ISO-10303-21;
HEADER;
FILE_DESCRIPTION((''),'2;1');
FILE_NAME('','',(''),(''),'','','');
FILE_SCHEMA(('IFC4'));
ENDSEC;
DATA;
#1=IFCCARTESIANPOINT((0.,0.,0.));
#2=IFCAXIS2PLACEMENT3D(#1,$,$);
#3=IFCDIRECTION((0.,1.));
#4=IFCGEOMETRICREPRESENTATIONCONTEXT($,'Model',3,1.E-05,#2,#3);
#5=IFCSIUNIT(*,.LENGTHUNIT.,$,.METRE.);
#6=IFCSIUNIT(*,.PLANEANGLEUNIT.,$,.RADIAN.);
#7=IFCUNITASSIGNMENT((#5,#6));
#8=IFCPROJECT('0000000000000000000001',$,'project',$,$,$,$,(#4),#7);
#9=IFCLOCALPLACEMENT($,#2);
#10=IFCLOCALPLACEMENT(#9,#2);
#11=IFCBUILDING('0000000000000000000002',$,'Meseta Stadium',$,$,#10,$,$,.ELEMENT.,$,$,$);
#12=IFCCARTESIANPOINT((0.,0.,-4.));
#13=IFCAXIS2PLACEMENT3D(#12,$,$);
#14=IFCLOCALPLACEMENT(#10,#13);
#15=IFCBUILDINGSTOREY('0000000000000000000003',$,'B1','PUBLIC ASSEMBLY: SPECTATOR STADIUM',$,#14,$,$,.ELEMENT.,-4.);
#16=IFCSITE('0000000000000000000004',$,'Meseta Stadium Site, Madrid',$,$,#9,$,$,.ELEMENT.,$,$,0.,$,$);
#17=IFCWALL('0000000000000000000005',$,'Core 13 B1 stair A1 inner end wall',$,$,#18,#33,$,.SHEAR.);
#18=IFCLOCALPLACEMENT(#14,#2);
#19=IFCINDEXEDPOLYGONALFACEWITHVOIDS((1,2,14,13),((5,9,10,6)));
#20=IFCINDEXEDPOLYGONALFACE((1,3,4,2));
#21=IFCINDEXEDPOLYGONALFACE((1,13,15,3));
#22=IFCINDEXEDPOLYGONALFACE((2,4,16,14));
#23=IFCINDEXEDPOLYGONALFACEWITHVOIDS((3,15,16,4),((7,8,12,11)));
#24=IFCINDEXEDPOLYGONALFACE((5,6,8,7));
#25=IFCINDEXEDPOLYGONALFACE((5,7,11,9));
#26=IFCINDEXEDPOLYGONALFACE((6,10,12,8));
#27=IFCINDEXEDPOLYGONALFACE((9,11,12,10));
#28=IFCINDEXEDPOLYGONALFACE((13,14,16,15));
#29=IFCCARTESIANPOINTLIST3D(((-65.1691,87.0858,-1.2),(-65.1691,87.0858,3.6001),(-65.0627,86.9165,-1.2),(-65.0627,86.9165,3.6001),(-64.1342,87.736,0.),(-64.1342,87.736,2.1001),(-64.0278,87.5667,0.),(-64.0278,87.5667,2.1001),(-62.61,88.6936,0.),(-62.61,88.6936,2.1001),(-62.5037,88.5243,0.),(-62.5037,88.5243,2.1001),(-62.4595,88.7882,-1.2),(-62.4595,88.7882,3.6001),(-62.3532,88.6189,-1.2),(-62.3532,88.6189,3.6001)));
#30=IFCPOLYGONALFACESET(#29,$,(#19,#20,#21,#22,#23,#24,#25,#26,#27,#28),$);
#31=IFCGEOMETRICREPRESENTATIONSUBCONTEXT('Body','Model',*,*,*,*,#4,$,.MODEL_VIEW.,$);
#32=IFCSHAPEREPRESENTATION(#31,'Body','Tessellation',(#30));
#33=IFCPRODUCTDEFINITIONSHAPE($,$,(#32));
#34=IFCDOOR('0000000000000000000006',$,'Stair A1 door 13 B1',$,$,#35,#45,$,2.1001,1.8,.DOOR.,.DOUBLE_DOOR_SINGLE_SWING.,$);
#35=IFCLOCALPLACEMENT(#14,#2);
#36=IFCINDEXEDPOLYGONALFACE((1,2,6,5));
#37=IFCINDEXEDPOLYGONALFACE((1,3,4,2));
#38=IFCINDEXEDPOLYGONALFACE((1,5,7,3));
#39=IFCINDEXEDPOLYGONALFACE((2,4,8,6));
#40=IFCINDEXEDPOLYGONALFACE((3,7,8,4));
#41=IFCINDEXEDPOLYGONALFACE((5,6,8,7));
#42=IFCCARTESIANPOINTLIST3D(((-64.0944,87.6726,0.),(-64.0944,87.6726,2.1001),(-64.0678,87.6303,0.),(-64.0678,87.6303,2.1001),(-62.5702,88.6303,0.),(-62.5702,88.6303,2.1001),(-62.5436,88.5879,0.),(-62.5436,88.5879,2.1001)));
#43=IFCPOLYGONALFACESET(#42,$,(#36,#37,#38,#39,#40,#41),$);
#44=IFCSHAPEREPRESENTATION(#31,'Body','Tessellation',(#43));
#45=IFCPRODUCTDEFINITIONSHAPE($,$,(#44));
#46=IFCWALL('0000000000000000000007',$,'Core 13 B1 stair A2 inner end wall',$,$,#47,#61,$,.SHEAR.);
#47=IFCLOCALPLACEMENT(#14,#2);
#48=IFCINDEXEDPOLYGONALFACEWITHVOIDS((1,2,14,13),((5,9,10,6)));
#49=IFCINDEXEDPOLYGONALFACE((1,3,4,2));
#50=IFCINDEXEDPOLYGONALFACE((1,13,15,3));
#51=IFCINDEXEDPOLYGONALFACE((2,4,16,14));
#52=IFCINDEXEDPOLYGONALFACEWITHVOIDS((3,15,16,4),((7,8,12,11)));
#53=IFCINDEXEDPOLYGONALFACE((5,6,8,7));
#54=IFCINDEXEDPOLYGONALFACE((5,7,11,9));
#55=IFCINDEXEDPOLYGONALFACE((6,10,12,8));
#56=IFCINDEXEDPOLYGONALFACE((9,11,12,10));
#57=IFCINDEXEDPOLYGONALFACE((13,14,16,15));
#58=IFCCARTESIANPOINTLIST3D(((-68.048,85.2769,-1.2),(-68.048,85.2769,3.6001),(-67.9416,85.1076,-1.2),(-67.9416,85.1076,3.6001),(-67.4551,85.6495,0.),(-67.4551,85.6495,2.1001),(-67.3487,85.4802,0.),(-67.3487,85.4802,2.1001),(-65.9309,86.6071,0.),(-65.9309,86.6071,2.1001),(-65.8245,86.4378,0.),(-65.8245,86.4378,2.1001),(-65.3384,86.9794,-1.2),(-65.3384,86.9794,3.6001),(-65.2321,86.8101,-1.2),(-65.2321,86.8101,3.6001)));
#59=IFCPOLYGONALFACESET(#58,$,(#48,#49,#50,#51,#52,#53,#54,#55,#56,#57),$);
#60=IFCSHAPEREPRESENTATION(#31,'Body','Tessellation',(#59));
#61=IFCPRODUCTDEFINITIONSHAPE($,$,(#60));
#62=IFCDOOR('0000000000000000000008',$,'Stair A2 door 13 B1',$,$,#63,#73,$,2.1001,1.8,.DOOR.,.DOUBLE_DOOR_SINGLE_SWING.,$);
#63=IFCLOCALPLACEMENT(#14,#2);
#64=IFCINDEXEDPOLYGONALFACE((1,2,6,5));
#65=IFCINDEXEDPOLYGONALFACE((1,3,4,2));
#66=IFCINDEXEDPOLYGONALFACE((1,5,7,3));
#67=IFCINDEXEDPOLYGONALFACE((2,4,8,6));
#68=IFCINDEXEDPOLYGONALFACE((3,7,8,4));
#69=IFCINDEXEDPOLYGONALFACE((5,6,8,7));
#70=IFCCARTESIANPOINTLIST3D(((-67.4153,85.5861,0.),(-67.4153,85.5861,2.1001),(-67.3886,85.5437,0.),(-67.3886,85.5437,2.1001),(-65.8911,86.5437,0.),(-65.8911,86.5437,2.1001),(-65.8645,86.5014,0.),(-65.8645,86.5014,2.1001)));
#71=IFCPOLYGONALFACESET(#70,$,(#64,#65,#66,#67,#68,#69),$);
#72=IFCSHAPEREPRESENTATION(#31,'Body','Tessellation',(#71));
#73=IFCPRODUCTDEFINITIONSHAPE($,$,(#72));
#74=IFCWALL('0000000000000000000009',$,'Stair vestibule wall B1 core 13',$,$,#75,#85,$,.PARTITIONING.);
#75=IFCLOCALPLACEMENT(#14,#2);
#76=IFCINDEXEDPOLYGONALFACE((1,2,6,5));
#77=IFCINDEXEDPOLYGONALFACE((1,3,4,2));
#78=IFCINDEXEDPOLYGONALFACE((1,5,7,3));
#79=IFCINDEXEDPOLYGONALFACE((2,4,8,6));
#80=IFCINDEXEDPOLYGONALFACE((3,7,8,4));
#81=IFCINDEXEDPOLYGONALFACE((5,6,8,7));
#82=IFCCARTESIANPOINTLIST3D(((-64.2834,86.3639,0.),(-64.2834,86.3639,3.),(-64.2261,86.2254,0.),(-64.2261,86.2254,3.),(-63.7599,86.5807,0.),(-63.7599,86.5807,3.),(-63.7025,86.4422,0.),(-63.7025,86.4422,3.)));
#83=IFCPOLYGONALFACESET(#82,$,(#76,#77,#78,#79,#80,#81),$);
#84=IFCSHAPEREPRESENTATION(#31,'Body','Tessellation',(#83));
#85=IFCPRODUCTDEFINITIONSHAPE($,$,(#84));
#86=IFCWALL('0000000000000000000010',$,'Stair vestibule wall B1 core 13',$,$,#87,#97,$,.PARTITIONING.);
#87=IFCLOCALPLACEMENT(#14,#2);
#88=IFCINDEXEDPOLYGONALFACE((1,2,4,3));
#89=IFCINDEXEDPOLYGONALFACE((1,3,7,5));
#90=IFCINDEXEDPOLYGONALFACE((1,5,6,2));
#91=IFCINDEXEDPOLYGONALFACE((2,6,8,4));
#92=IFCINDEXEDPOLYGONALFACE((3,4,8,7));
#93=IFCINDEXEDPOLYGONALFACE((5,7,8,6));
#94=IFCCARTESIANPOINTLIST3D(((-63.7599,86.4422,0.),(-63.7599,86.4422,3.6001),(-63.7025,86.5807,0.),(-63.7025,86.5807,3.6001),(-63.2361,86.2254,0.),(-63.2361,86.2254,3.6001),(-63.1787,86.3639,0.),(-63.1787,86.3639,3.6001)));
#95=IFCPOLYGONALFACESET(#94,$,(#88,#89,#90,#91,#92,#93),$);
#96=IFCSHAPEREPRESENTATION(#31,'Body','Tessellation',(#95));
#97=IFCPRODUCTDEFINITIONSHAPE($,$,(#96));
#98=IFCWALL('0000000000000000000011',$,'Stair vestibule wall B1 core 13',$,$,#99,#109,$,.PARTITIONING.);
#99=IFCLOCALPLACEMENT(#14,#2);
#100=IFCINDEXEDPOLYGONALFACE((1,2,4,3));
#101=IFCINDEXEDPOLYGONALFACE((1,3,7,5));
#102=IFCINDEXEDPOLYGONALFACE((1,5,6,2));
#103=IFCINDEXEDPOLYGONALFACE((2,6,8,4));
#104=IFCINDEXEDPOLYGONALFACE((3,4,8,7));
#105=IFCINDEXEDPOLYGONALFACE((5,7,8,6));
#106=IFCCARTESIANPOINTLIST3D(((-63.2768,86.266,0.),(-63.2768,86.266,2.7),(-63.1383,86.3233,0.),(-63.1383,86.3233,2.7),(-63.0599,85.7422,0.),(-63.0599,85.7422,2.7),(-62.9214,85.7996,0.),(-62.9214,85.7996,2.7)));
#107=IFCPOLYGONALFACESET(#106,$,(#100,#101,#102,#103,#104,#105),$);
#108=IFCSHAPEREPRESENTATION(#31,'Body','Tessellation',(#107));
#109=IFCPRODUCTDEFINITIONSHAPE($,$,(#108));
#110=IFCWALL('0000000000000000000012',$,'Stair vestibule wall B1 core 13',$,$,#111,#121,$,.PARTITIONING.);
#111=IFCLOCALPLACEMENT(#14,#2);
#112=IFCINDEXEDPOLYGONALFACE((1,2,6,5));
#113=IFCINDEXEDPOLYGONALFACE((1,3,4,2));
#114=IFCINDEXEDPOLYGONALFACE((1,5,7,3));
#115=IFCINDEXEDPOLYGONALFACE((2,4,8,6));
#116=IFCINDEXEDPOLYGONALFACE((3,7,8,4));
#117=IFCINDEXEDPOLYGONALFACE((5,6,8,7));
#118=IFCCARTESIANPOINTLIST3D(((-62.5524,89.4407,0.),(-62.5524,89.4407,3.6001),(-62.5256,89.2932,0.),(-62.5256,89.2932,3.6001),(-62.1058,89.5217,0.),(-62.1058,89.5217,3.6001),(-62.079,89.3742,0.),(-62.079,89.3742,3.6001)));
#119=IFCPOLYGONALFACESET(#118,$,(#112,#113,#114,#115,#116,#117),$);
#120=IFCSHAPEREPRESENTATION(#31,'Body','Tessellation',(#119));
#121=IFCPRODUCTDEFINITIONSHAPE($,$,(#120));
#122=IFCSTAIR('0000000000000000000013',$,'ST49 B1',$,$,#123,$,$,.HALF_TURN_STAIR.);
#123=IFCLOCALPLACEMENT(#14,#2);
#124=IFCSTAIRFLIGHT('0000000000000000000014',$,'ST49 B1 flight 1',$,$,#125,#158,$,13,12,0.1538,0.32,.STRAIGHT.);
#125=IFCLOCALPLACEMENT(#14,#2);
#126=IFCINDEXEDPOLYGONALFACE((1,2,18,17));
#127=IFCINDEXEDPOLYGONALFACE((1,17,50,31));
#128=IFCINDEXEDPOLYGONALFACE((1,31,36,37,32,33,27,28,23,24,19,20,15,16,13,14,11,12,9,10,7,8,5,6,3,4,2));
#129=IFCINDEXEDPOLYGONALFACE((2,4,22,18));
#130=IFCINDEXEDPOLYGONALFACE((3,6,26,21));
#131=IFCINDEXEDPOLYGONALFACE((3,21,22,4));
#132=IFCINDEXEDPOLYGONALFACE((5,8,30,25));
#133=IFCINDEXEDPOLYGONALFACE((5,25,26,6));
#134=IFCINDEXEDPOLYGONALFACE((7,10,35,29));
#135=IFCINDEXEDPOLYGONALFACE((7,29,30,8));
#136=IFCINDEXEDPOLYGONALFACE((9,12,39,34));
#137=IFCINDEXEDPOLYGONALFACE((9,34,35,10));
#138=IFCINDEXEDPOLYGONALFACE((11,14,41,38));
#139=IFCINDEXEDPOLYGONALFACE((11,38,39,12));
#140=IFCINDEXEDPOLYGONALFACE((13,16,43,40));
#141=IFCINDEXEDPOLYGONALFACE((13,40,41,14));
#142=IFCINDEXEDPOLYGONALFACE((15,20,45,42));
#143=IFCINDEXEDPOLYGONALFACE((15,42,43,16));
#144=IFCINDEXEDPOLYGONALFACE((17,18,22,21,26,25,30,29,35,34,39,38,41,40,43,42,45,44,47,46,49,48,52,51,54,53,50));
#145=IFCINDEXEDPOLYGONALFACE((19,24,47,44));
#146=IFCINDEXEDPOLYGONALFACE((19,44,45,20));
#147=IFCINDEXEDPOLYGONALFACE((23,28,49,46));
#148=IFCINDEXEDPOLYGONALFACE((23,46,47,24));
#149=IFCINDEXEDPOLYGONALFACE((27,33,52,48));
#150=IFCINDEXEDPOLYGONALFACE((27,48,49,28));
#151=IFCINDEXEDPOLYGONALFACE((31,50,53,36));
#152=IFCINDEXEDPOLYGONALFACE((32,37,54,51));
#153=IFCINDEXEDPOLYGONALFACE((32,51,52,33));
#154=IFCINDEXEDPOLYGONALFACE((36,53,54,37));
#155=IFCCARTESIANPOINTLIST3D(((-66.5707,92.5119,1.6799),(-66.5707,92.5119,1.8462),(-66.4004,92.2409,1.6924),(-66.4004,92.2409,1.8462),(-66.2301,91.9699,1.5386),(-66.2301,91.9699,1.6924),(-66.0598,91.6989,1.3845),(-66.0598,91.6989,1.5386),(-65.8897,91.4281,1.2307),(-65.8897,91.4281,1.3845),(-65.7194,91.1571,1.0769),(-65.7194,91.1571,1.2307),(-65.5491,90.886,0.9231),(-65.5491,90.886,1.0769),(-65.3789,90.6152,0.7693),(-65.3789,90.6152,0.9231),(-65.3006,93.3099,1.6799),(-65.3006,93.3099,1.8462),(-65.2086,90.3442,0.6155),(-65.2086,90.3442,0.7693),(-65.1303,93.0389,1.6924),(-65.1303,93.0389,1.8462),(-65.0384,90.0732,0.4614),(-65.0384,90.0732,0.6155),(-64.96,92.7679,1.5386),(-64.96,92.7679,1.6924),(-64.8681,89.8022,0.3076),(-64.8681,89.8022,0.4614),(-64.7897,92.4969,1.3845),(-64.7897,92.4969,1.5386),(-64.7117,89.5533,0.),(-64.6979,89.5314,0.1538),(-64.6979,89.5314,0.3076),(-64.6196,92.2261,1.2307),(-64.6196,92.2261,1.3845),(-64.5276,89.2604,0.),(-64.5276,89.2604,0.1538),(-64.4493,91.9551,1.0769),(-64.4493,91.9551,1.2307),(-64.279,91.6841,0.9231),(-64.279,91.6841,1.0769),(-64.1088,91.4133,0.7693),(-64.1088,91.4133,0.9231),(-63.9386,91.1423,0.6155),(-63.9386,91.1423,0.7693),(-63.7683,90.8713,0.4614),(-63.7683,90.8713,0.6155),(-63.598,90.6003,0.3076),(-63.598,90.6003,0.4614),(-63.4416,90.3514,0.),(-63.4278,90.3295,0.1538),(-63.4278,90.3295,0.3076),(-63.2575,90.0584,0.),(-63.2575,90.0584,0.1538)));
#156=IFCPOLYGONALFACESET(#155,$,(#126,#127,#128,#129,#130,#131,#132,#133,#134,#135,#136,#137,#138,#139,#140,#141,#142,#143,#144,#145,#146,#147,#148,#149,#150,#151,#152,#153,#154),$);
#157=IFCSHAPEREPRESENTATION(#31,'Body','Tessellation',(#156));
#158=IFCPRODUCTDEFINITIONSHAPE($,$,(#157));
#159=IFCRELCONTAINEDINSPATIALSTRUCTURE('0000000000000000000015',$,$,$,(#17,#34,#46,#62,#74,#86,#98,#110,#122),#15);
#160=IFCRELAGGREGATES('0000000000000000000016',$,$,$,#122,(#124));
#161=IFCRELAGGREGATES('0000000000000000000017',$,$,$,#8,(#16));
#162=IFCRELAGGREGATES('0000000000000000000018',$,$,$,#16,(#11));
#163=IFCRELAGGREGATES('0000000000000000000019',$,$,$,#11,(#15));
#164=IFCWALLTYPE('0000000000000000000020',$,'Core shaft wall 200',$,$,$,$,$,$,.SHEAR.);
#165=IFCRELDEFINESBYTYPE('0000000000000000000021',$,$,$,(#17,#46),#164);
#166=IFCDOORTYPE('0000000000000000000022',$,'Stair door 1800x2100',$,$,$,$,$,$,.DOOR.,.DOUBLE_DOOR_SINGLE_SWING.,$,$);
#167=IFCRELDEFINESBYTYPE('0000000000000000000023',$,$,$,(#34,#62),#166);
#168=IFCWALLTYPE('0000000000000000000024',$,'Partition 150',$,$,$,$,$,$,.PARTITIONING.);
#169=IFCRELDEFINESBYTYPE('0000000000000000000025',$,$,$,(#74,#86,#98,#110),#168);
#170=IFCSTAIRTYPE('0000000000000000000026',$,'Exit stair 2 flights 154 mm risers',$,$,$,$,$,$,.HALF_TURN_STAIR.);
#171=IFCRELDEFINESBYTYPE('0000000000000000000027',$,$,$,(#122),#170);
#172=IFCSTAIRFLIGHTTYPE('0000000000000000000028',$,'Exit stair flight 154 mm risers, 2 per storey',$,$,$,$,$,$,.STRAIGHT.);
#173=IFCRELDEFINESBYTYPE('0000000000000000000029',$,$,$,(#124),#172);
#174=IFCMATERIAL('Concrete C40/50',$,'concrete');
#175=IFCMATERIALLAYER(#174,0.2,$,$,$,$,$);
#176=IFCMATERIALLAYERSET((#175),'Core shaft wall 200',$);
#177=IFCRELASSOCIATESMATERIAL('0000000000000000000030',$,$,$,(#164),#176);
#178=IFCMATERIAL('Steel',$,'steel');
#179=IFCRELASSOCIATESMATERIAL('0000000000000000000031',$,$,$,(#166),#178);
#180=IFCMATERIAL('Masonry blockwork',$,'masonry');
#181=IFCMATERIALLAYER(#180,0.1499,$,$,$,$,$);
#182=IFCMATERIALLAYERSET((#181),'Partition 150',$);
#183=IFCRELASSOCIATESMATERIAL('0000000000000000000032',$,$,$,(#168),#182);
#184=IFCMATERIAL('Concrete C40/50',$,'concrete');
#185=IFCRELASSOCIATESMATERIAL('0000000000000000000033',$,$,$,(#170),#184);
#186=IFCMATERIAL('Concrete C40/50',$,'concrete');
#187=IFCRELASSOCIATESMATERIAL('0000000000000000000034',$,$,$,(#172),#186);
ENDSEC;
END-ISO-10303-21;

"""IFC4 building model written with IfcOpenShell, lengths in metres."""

from ifc_helpers import new_model, si_unit, direction, frame, frame_2d, origin, place, context, subcontext, project, spatial, polyline, rectangle, outline, extrude, material, layer, layer_set, type_object, element, fill, aggregate, save


model = new_model("IFC4")

# Units and contexts
model_context = context("Model", 3, precision=1e-05, world=origin(), true_north=direction((0.0, 1.0)))
body_context = subcontext(model_context, "Body", "Model", "MODEL_VIEW")
ifc_project = project(units=[si_unit("LENGTHUNIT", "METRE"), si_unit("PLANEANGLEUNIT", "RADIAN")], contexts=[model_context])

# Site, building, storey
site_placement = place(None, origin())
site = spatial("IfcSite", under=ifc_project, at=site_placement, Name="Meseta Stadium Site, Madrid", CompositionType="ELEMENT", RefElevation=0.0)
building_placement = place(site_placement, origin())
building = spatial("IfcBuilding", under=site, at=building_placement, Name="Meseta Stadium", CompositionType="ELEMENT")
storey_placement = place(building_placement, frame((0.0, 0.0, -4.0)))
storey = spatial("IfcBuildingStorey", under=building, at=storey_placement, Name="B1", Description="PUBLIC ASSEMBLY: SPECTATOR STADIUM", CompositionType="ELEMENT", Elevation=-4.0)

# Walls, openings, doors
ifc_material_1 = material(Name="Concrete C40/50", Category="concrete")
ifc_layer_1 = layer(ifc_material_1, 0.2)
ifc_layer_set_1 = layer_set([ifc_layer_1], Name="Core shaft wall 200")
wall_type_1 = type_object("IfcWallType", Name="Core shaft wall 200", PredefinedType="SHEAR", material=ifc_layer_set_1)
wall_1_placement = place(storey_placement, frame((-62.4062, 88.7036, -1.2), z_axis=(0.0, 0.0, 1.0), x_axis=(-0.846736, -0.532014, 0.0)))
wall_1 = element("IfcWall", 1, at=wall_1_placement, inside=storey, type_object=wall_type_1, Name="Core 13 B1 stair A1 inner end wall", PredefinedType="SHEAR", context=body_context, shape_type="SweptSolid", body=[
    extrude(rectangle(XDim=3.2, YDim=0.2, at=frame_2d((1.6001, 0.0))), origin(), (0.0, 0.0, 1.0), 4.8),
])
opening_1_placement = place(wall_1_placement, frame((0.178, 0.0, 1.2)))
opening_1 = element("IfcOpeningElement", 2, at=opening_1_placement, cuts=wall_1, PredefinedType="OPENING", context=body_context, shape_type="SweptSolid", body=[
    extrude(rectangle(XDim=1.8, YDim=2.1001, at=frame_2d((0.8999, 1.05))), frame((0.0, 0.1099, 0.0), z_axis=(0.0, -1.0, 0.0), x_axis=(1.0, 0.0, 0.0)), (0.0, 0.0, 1.0), 0.22),
])
ifc_material_2 = material(Name="Steel", Category="steel")
door_type = type_object("IfcDoorType", Name="Stair door 1800x2100", OperationType="DOUBLE_DOOR_SINGLE_SWING", PredefinedType="DOOR", material=ifc_material_2)
door_1_placement = place(opening_1_placement, origin())
door_1 = element("IfcDoor", 3, at=door_1_placement, inside=storey, type_object=door_type, Name="Stair A1 door 13 B1", OperationType="DOUBLE_DOOR_SINGLE_SWING", OverallHeight=2.1001, OverallWidth=1.8, PredefinedType="DOOR", context=body_context, shape_type="SweptSolid", body=[
    extrude(rectangle(XDim=1.8, YDim=2.1001, at=frame_2d((0.8999, 1.05))), frame((0.0, 0.0249, 0.0), z_axis=(0.0, -1.0, 0.0), x_axis=(1.0, 0.0, 0.0)), (0.0, 0.0, 1.0), 0.05),
])
fill(opening_1, door_1)
wall_2_placement = place(storey_placement, frame((-65.2852, 86.8948, -1.2), z_axis=(0.0, 0.0, 1.0), x_axis=(-0.846736, -0.532014, 0.0)))
wall_2 = element("IfcWall", 4, at=wall_2_placement, inside=storey, type_object=wall_type_1, Name="Core 13 B1 stair A2 inner end wall", PredefinedType="SHEAR", context=body_context, shape_type="SweptSolid", body=[
    extrude(rectangle(XDim=3.2, YDim=0.2, at=frame_2d((1.6001, 0.0))), origin(), (0.0, 0.0, 1.0), 4.8),
])
opening_2_placement = place(wall_2_placement, frame((0.7, 0.0, 1.2)))
opening_2 = element("IfcOpeningElement", 5, at=opening_2_placement, cuts=wall_2, PredefinedType="OPENING", context=body_context, shape_type="SweptSolid", body=[
    extrude(rectangle(XDim=1.8, YDim=2.1001, at=frame_2d((0.8999, 1.05))), frame((0.0, 0.1099, 0.0), z_axis=(0.0, -1.0, 0.0), x_axis=(1.0, 0.0, 0.0)), (0.0, 0.0, 1.0), 0.22),
])
door_2_placement = place(opening_2_placement, origin())
door_2 = element("IfcDoor", 6, at=door_2_placement, inside=storey, type_object=door_type, Name="Stair A2 door 13 B1", OperationType="DOUBLE_DOOR_SINGLE_SWING", OverallHeight=2.1001, OverallWidth=1.8, PredefinedType="DOOR", context=body_context, shape_type="SweptSolid", body=[
    extrude(rectangle(XDim=1.8, YDim=2.1001, at=frame_2d((0.8999, 1.05))), frame((0.0, 0.0249, 0.0), z_axis=(0.0, -1.0, 0.0), x_axis=(1.0, 0.0, 0.0)), (0.0, 0.0, 1.0), 0.05),
])
fill(opening_2, door_2)

# Walls
ifc_material_3 = material(Name="Masonry blockwork", Category="masonry")
ifc_layer_2 = layer(ifc_material_3, 0.1499)
ifc_layer_set_2 = layer_set([ifc_layer_2], Name="Partition 150")
wall_type_2 = type_object("IfcWallType", Name="Partition 150", PredefinedType="PARTITIONING", material=ifc_layer_set_2)
wall_3_placement = place(storey_placement, frame((-64.2546, 86.2947, 0.0), z_axis=(0.0, 0.0, 1.0), x_axis=(0.923891, 0.382656, 0.0)))
element("IfcWall", 7, at=wall_3_placement, inside=storey, type_object=wall_type_2, Name="Stair vestibule wall B1 core 13", PredefinedType="PARTITIONING", context=body_context, shape_type="SweptSolid", body=[
    extrude(rectangle(XDim=0.5667, YDim=0.1499, at=frame_2d((0.2832, 0.0))), origin(), (0.0, 0.0, 1.0), 3.0),
])
wall_4_placement = place(storey_placement, frame((-63.7312, 86.5115, 0.0), z_axis=(0.0, 0.0, 1.0), x_axis=(0.923954, -0.382504, 0.0)))
element("IfcWall", 8, at=wall_4_placement, inside=storey, type_object=wall_type_2, Name="Stair vestibule wall B1 core 13", PredefinedType="PARTITIONING", context=body_context, shape_type="SweptSolid", body=[
    extrude(rectangle(XDim=0.5669, YDim=0.1499, at=frame_2d((0.2834, 0.0))), origin(), (0.0, 0.0, 1.0), 3.6001),
])
wall_5_placement = place(storey_placement, frame((-63.2075, 86.2947, 0.0), z_axis=(0.0, 0.0, 1.0), x_axis=(0.382504, -0.923954, 0.0)))
element("IfcWall", 9, at=wall_5_placement, inside=storey, type_object=wall_type_2, Name="Stair vestibule wall B1 core 13", PredefinedType="PARTITIONING", context=body_context, shape_type="SweptSolid", body=[
    extrude(rectangle(XDim=0.5669, YDim=0.1499, at=frame_2d((0.2834, 0.0))), origin(), (0.0, 0.0, 1.0), 2.7),
])
wall_6_placement = place(storey_placement, frame((-62.0923, 89.448, 0.0), z_axis=(0.0, 0.0, 1.0), x_axis=(-0.983922, -0.178601, 0.0)))
element("IfcWall", 10, at=wall_6_placement, inside=storey, type_object=wall_type_2, Name="Stair vestibule wall B1 core 13", PredefinedType="PARTITIONING", context=body_context, shape_type="SweptSolid", body=[
    extrude(rectangle(XDim=0.4539, YDim=0.1499, at=frame_2d((0.2271, 0.0))), origin(), (0.0, 0.0, 1.0), 3.6001),
])

# Stair, stair flight
ifc_material_4 = material(Name="Concrete C40/50", Category="concrete")
stair_type = type_object("IfcStairType", Name="Exit stair 2 flights 154 mm risers", PredefinedType="HALF_TURN_STAIR", material=ifc_material_4)
stair_1_placement = place(storey_placement, origin())
stair_1 = element("IfcStair", 11, at=stair_1_placement, inside=storey, type_object=stair_type, Name="ST49 B1", PredefinedType="HALF_TURN_STAIR")
ifc_material_5 = material(Name="Concrete C40/50", Category="concrete")
stair_flight_type = type_object("IfcStairFlightType", Name="Exit stair flight 154 mm risers, 2 per storey", PredefinedType="STRAIGHT", material=ifc_material_5)
stair_flight_1_placement = place(storey_placement, frame((-63.8926, 89.6594, 0.0), z_axis=(0.0, 0.0, 1.0), x_axis=(-0.532032, 0.846724, 0.0)))
stair_flight_1 = element("IfcStairFlight", 12, at=stair_flight_1_placement, type_object=stair_flight_type, Name="ST49 B1 flight 1", NumberOfRisers=13, NumberOfTreads=12, PredefinedType="STRAIGHT", RiserHeight=0.1538, TreadLength=0.32, context=body_context, shape_type="SweptSolid", body=[
    extrude(outline(polyline([(0.0, 0.0), (0.0, 0.1538), (0.3201, 0.1538), (0.3201, 0.3076), (0.6399, 0.3076), (0.6399, 0.4614), (0.96, 0.4614), (0.96, 0.6155), (1.28, 0.6155), (1.28, 0.7693), (1.6001, 0.7693), (1.6001, 0.9231), (1.9199, 0.9231), (1.9199, 1.0769), (2.24, 1.0769), (2.24, 1.2307), (2.5601, 1.2307), (2.5601, 1.3845), (2.8799, 1.3845), (2.8799, 1.5386), (3.2, 1.5386), (3.2, 1.6924), (3.52, 1.6924), (3.52, 1.8462), (3.8401, 1.8462), (3.8401, 1.6799), (0.3459, 0.0), (0.0, 0.0)])), frame((0.0, 0.75, 0.0), z_axis=(0.0, -1.0, 0.0), x_axis=(1.0, 0.0, 0.0)), (0.0, 0.0, 1.0), 1.5),
])
aggregate(stair_1, [stair_flight_1])

save(model, "model.ifc")
